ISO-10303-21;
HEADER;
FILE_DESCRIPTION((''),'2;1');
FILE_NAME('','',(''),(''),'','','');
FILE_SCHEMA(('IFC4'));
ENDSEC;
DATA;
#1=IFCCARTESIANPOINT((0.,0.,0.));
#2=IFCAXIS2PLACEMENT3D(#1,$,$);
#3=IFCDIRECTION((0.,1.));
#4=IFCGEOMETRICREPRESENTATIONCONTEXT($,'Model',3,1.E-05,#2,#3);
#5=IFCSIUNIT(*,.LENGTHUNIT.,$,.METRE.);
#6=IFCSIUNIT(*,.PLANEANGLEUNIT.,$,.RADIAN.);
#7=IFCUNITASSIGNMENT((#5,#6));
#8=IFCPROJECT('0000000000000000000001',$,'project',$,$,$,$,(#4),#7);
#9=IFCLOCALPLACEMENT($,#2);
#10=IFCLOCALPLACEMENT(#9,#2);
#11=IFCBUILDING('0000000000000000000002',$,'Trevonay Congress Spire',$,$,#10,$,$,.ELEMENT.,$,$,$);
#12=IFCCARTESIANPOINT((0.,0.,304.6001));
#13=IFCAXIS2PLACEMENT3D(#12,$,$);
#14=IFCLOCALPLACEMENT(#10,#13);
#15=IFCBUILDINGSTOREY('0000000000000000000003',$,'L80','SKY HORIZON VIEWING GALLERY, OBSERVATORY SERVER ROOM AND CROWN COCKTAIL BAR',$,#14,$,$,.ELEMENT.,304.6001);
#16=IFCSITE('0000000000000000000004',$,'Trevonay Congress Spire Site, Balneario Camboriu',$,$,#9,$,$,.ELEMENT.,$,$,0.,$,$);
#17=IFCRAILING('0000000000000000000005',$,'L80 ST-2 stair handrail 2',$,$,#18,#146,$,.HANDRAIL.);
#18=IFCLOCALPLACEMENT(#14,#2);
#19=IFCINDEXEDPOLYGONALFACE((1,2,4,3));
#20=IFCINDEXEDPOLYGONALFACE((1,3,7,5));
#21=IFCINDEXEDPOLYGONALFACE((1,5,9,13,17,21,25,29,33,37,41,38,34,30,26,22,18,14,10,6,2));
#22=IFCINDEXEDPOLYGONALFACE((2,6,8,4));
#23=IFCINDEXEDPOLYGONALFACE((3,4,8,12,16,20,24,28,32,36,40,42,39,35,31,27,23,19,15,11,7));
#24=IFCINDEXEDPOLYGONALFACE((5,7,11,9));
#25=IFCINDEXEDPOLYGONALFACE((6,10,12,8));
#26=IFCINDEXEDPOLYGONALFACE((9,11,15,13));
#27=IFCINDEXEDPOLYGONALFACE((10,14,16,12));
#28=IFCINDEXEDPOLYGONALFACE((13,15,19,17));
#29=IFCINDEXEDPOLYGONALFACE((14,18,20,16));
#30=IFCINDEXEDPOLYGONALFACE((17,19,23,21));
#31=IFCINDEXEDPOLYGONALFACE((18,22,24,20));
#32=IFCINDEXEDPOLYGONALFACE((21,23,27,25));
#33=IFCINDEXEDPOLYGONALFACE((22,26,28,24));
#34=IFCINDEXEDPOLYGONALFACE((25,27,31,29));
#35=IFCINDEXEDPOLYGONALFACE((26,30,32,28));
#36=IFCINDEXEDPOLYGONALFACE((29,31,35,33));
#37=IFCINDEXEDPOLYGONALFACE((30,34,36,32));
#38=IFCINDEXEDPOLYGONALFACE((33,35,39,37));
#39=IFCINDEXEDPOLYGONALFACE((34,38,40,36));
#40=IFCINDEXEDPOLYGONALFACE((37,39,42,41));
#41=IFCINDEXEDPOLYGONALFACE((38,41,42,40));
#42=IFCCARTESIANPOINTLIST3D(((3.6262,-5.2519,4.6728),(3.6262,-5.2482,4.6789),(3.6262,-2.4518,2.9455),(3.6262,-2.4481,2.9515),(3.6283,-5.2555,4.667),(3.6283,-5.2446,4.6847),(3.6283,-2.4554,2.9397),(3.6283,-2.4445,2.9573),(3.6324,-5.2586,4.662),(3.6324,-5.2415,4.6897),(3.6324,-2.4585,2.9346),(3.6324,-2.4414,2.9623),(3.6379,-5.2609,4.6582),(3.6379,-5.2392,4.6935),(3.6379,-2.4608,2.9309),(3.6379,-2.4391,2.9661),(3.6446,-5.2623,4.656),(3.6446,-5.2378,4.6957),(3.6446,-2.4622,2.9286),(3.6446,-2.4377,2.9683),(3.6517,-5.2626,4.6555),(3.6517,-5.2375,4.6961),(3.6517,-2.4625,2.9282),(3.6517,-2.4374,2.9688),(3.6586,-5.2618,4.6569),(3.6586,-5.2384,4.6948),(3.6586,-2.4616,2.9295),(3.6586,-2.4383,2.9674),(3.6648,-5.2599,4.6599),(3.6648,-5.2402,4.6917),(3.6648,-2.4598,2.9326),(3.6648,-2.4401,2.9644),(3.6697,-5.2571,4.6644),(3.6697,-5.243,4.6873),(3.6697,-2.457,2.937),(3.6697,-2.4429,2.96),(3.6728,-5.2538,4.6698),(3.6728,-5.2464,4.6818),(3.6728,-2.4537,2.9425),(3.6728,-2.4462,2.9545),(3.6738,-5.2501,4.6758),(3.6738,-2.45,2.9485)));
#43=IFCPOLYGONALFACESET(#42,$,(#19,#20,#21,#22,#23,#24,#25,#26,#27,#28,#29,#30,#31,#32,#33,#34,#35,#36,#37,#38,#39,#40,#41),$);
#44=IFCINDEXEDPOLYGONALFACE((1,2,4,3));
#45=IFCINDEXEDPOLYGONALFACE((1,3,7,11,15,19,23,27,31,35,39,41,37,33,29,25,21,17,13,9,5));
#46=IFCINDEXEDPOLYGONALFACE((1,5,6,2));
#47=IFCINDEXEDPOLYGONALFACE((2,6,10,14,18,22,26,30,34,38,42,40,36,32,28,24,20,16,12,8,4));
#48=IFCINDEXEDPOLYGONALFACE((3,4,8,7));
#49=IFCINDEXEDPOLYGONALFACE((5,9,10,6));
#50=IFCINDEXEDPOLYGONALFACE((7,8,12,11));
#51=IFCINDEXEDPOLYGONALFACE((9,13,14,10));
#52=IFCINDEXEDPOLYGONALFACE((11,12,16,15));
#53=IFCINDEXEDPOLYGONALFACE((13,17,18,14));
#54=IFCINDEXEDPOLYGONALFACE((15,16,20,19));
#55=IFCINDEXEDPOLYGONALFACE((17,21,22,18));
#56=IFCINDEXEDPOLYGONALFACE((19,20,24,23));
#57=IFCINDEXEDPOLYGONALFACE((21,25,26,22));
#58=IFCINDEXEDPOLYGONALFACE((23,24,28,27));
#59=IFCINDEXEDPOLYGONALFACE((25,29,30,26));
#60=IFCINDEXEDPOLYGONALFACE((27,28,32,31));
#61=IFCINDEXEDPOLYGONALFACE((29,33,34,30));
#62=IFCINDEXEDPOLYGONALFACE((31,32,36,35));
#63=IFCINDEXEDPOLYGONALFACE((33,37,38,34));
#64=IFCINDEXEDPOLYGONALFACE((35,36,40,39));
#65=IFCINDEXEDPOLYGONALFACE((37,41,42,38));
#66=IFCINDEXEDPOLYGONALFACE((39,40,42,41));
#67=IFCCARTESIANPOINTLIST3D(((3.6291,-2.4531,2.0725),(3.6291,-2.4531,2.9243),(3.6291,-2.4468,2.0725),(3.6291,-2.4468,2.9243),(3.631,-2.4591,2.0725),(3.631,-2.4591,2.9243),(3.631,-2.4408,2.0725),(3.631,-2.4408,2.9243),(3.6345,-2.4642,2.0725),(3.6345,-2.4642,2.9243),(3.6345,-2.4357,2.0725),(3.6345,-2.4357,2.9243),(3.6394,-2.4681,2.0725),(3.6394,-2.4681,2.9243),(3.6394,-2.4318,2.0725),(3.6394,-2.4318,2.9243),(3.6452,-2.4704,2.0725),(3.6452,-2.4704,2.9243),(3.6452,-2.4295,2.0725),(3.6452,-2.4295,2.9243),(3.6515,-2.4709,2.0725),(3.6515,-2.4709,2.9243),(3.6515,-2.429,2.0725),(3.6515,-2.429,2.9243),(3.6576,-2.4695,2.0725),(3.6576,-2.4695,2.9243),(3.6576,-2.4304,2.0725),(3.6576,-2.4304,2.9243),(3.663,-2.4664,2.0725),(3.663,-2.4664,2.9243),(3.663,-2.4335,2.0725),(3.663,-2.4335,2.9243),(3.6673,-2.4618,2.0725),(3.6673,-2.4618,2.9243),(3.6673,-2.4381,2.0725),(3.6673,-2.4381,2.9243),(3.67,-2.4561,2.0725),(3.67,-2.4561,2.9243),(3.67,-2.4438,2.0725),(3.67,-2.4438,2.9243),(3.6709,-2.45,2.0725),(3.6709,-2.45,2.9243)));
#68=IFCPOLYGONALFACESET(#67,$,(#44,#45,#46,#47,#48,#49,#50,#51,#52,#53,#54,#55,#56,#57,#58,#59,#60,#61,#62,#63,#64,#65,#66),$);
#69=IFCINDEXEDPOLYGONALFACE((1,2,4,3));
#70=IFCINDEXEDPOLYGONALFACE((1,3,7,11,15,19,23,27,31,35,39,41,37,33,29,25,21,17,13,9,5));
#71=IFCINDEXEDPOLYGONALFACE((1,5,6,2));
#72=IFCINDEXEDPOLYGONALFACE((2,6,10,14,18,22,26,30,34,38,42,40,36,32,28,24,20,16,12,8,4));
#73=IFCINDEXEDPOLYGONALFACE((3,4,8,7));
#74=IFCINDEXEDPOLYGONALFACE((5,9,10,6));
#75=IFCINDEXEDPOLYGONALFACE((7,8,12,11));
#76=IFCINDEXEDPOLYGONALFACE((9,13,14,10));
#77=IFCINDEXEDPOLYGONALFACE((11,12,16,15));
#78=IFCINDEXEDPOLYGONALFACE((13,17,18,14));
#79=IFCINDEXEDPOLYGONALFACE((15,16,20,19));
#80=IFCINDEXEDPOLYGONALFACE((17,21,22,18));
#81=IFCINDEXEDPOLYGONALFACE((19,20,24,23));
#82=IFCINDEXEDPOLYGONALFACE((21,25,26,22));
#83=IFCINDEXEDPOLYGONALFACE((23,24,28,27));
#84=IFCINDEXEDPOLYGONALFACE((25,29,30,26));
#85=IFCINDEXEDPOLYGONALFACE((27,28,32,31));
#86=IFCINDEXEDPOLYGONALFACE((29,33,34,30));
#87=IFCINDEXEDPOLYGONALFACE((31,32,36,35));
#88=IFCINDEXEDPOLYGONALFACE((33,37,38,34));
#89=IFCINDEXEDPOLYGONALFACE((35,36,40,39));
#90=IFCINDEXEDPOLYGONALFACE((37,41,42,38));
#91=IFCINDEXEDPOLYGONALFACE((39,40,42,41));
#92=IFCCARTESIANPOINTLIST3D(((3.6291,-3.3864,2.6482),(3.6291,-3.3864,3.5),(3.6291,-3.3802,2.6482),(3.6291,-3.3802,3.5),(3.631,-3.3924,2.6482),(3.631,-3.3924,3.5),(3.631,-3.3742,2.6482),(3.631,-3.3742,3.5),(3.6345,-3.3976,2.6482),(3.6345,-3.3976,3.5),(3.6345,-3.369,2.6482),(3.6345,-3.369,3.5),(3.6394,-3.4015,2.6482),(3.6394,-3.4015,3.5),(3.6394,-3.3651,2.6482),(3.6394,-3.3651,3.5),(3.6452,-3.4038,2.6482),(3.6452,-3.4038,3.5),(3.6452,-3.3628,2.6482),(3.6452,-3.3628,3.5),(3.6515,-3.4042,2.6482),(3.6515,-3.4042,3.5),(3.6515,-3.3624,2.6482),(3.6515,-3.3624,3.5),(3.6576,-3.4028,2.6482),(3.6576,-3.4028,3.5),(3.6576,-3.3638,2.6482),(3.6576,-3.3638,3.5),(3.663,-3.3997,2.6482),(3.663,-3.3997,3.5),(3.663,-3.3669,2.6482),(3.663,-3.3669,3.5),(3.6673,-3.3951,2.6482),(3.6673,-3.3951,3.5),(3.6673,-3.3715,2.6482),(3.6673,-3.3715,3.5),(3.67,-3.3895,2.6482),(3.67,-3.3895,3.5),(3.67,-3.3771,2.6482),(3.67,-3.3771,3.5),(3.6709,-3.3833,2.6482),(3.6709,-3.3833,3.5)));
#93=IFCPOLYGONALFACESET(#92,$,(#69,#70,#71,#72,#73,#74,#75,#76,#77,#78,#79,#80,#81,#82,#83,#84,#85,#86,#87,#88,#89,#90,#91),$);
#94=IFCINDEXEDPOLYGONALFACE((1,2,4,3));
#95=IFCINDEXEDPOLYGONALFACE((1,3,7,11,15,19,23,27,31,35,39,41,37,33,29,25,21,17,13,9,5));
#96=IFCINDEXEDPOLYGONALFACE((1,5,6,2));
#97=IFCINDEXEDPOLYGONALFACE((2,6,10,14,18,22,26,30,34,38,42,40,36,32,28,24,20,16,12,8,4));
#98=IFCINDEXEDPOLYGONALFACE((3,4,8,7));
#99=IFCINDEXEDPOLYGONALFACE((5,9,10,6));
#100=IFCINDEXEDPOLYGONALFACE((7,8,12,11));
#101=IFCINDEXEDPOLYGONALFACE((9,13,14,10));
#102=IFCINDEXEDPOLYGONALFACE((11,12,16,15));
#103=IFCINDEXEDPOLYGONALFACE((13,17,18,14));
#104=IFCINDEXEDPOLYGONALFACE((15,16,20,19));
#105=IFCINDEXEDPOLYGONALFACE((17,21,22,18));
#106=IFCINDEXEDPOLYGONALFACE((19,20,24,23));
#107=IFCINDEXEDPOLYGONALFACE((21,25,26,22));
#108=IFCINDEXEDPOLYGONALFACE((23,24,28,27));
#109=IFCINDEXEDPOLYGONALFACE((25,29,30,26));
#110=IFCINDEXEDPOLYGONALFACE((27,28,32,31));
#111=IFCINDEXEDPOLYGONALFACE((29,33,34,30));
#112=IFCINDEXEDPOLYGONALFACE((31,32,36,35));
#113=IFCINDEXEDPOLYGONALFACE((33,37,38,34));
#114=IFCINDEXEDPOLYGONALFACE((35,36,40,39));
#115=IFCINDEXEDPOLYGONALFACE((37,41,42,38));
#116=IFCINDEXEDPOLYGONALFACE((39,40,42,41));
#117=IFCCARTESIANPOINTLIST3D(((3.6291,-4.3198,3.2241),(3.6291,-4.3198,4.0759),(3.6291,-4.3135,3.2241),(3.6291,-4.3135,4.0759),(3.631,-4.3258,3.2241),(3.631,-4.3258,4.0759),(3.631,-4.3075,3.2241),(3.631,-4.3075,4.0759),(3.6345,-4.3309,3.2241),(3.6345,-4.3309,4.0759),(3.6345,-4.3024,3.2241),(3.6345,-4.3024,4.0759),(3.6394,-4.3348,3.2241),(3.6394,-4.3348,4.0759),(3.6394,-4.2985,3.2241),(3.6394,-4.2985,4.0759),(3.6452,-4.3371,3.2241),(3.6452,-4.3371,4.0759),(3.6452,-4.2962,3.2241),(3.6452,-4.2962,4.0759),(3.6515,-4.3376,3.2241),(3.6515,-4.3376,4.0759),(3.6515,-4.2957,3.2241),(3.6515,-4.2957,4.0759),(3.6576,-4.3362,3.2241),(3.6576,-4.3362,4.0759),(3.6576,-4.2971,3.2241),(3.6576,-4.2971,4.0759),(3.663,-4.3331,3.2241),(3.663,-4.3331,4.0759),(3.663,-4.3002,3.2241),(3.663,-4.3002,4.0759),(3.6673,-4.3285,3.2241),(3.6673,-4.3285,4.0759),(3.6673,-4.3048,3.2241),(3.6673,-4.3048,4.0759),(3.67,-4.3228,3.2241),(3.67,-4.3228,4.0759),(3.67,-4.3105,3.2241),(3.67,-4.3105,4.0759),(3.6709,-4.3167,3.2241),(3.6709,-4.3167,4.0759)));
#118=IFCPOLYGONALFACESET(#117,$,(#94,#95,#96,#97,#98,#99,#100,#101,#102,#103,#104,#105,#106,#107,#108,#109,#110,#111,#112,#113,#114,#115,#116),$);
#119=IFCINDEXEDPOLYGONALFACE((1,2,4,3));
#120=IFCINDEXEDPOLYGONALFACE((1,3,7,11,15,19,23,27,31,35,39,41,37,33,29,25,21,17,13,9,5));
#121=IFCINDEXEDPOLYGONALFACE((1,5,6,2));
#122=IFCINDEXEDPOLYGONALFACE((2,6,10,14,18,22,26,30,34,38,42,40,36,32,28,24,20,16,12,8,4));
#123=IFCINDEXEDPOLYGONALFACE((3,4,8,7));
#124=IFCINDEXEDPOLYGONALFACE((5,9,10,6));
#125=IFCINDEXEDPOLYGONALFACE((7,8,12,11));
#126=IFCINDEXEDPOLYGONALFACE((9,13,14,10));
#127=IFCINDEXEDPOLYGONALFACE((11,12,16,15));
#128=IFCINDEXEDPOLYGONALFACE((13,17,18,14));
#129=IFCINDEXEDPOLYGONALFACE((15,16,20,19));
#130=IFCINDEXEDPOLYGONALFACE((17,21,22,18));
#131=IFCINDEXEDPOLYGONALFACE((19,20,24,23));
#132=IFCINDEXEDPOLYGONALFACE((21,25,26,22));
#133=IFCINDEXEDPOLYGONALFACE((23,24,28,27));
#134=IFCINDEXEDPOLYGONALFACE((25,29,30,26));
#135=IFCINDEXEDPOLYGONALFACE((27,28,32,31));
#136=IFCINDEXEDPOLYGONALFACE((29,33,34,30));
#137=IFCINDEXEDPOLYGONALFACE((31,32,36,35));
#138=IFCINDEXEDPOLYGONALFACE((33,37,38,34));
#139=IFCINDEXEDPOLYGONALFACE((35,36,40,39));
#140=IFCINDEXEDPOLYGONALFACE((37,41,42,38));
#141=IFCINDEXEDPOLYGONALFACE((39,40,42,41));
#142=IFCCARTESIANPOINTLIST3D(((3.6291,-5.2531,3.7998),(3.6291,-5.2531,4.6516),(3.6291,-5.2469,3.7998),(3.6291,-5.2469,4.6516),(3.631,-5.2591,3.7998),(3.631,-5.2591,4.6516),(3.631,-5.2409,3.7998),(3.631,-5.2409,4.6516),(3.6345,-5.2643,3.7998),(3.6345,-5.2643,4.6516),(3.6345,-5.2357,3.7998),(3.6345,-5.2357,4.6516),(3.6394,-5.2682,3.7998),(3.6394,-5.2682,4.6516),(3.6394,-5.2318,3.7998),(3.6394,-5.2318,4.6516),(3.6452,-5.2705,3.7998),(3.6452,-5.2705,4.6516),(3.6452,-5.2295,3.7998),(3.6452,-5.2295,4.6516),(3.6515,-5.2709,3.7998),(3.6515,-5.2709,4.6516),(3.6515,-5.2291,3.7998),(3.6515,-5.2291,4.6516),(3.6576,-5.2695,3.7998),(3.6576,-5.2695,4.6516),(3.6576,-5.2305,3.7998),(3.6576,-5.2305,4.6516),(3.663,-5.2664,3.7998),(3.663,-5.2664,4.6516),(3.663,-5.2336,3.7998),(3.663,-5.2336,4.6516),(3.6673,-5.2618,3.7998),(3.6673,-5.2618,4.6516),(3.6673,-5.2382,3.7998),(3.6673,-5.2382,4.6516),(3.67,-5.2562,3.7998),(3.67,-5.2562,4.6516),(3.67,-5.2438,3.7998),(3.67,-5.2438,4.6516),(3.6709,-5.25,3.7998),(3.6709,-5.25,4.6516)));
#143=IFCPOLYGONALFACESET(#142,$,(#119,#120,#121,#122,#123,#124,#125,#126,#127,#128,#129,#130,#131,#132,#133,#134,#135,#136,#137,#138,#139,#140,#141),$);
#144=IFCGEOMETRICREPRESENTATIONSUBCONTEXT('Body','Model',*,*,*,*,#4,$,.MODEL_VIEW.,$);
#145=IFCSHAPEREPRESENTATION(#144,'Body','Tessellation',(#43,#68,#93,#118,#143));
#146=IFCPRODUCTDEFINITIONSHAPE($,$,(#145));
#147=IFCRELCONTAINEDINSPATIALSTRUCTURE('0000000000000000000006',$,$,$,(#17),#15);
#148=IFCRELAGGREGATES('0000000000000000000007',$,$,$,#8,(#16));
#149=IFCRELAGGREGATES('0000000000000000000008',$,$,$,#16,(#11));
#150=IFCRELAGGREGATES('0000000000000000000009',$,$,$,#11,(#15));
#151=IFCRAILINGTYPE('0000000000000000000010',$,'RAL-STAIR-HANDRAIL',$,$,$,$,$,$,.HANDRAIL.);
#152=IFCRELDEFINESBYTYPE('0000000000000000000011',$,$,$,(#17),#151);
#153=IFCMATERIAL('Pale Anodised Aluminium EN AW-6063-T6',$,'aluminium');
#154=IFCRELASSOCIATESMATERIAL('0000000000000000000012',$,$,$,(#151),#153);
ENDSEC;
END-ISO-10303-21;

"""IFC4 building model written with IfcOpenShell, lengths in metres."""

from ifc_helpers import new_model, si_unit, direction, frame, origin, origin_2d, place, context, subcontext, project, spatial, circle, extrude, material, type_object, element, save


model = new_model("IFC4")

# Units and contexts
model_context = context("Model", 3, precision=1e-05, world=origin(), true_north=direction((0.0, 1.0)))
body_context = subcontext(model_context, "Body", "Model", "MODEL_VIEW")
ifc_project = project(units=[si_unit("LENGTHUNIT", "METRE"), si_unit("PLANEANGLEUNIT", "RADIAN")], contexts=[model_context])

# Site, building, storey
site_placement = place(None, origin())
site = spatial("IfcSite", under=ifc_project, at=site_placement, Name="Trevonay Congress Spire Site, Balneario Camboriu", CompositionType="ELEMENT", RefElevation=0.0)
building_placement = place(site_placement, origin())
building = spatial("IfcBuilding", under=site, at=building_placement, Name="Trevonay Congress Spire", CompositionType="ELEMENT")
storey_placement = place(building_placement, frame((0.0, 0.0, 304.6001)))
storey = spatial("IfcBuildingStorey", under=building, at=storey_placement, Name="L80", Description="SKY HORIZON VIEWING GALLERY, OBSERVATORY SERVER ROOM AND CROWN COCKTAIL BAR", CompositionType="ELEMENT", Elevation=304.6001)

# Shared definitions
ifc_material_1 = material(Name="Pale Anodised Aluminium EN AW-6063-T6", Category="aluminium")

# Railing
railing_type_1 = type_object("IfcRailingType", Name="RAL-STAIR-HANDRAIL", PredefinedType="HANDRAIL", material=ifc_material_1)
railing_1_placement = place(storey_placement, frame((3.6499, -2.45, 2.0725)))
element("IfcRailing", 1, at=railing_1_placement, inside=storey, type_object=railing_type_1, Name="L80 ST-2 stair handrail 2", PredefinedType="HANDRAIL", context=body_context, shape_type="SweptSolid", body=[
    extrude(circle(Radius=0.0239, at=origin_2d()), frame((0.0, 0.0, 0.876), z_axis=(0.0, -0.85109, 0.52502), x_axis=(1.0, 0.0, 0.0)), (0.0, 0.0, 1.0), 3.29),
    extrude(circle(Radius=0.021, at=origin_2d()), origin(), (0.0, 0.0, 1.0), 0.8518),
    extrude(circle(Radius=0.021, at=origin_2d()), frame((0.0, -0.9333, 0.5757)), (0.0, 0.0, 1.0), 0.8518),
    extrude(circle(Radius=0.021, at=origin_2d()), frame((0.0, -1.8667, 1.1516)), (0.0, 0.0, 1.0), 0.8518),
    extrude(circle(Radius=0.021, at=origin_2d()), frame((0.0, -2.8, 1.7273)), (0.0, 0.0, 1.0), 0.8518),
])

save(model, "model.ifc")
